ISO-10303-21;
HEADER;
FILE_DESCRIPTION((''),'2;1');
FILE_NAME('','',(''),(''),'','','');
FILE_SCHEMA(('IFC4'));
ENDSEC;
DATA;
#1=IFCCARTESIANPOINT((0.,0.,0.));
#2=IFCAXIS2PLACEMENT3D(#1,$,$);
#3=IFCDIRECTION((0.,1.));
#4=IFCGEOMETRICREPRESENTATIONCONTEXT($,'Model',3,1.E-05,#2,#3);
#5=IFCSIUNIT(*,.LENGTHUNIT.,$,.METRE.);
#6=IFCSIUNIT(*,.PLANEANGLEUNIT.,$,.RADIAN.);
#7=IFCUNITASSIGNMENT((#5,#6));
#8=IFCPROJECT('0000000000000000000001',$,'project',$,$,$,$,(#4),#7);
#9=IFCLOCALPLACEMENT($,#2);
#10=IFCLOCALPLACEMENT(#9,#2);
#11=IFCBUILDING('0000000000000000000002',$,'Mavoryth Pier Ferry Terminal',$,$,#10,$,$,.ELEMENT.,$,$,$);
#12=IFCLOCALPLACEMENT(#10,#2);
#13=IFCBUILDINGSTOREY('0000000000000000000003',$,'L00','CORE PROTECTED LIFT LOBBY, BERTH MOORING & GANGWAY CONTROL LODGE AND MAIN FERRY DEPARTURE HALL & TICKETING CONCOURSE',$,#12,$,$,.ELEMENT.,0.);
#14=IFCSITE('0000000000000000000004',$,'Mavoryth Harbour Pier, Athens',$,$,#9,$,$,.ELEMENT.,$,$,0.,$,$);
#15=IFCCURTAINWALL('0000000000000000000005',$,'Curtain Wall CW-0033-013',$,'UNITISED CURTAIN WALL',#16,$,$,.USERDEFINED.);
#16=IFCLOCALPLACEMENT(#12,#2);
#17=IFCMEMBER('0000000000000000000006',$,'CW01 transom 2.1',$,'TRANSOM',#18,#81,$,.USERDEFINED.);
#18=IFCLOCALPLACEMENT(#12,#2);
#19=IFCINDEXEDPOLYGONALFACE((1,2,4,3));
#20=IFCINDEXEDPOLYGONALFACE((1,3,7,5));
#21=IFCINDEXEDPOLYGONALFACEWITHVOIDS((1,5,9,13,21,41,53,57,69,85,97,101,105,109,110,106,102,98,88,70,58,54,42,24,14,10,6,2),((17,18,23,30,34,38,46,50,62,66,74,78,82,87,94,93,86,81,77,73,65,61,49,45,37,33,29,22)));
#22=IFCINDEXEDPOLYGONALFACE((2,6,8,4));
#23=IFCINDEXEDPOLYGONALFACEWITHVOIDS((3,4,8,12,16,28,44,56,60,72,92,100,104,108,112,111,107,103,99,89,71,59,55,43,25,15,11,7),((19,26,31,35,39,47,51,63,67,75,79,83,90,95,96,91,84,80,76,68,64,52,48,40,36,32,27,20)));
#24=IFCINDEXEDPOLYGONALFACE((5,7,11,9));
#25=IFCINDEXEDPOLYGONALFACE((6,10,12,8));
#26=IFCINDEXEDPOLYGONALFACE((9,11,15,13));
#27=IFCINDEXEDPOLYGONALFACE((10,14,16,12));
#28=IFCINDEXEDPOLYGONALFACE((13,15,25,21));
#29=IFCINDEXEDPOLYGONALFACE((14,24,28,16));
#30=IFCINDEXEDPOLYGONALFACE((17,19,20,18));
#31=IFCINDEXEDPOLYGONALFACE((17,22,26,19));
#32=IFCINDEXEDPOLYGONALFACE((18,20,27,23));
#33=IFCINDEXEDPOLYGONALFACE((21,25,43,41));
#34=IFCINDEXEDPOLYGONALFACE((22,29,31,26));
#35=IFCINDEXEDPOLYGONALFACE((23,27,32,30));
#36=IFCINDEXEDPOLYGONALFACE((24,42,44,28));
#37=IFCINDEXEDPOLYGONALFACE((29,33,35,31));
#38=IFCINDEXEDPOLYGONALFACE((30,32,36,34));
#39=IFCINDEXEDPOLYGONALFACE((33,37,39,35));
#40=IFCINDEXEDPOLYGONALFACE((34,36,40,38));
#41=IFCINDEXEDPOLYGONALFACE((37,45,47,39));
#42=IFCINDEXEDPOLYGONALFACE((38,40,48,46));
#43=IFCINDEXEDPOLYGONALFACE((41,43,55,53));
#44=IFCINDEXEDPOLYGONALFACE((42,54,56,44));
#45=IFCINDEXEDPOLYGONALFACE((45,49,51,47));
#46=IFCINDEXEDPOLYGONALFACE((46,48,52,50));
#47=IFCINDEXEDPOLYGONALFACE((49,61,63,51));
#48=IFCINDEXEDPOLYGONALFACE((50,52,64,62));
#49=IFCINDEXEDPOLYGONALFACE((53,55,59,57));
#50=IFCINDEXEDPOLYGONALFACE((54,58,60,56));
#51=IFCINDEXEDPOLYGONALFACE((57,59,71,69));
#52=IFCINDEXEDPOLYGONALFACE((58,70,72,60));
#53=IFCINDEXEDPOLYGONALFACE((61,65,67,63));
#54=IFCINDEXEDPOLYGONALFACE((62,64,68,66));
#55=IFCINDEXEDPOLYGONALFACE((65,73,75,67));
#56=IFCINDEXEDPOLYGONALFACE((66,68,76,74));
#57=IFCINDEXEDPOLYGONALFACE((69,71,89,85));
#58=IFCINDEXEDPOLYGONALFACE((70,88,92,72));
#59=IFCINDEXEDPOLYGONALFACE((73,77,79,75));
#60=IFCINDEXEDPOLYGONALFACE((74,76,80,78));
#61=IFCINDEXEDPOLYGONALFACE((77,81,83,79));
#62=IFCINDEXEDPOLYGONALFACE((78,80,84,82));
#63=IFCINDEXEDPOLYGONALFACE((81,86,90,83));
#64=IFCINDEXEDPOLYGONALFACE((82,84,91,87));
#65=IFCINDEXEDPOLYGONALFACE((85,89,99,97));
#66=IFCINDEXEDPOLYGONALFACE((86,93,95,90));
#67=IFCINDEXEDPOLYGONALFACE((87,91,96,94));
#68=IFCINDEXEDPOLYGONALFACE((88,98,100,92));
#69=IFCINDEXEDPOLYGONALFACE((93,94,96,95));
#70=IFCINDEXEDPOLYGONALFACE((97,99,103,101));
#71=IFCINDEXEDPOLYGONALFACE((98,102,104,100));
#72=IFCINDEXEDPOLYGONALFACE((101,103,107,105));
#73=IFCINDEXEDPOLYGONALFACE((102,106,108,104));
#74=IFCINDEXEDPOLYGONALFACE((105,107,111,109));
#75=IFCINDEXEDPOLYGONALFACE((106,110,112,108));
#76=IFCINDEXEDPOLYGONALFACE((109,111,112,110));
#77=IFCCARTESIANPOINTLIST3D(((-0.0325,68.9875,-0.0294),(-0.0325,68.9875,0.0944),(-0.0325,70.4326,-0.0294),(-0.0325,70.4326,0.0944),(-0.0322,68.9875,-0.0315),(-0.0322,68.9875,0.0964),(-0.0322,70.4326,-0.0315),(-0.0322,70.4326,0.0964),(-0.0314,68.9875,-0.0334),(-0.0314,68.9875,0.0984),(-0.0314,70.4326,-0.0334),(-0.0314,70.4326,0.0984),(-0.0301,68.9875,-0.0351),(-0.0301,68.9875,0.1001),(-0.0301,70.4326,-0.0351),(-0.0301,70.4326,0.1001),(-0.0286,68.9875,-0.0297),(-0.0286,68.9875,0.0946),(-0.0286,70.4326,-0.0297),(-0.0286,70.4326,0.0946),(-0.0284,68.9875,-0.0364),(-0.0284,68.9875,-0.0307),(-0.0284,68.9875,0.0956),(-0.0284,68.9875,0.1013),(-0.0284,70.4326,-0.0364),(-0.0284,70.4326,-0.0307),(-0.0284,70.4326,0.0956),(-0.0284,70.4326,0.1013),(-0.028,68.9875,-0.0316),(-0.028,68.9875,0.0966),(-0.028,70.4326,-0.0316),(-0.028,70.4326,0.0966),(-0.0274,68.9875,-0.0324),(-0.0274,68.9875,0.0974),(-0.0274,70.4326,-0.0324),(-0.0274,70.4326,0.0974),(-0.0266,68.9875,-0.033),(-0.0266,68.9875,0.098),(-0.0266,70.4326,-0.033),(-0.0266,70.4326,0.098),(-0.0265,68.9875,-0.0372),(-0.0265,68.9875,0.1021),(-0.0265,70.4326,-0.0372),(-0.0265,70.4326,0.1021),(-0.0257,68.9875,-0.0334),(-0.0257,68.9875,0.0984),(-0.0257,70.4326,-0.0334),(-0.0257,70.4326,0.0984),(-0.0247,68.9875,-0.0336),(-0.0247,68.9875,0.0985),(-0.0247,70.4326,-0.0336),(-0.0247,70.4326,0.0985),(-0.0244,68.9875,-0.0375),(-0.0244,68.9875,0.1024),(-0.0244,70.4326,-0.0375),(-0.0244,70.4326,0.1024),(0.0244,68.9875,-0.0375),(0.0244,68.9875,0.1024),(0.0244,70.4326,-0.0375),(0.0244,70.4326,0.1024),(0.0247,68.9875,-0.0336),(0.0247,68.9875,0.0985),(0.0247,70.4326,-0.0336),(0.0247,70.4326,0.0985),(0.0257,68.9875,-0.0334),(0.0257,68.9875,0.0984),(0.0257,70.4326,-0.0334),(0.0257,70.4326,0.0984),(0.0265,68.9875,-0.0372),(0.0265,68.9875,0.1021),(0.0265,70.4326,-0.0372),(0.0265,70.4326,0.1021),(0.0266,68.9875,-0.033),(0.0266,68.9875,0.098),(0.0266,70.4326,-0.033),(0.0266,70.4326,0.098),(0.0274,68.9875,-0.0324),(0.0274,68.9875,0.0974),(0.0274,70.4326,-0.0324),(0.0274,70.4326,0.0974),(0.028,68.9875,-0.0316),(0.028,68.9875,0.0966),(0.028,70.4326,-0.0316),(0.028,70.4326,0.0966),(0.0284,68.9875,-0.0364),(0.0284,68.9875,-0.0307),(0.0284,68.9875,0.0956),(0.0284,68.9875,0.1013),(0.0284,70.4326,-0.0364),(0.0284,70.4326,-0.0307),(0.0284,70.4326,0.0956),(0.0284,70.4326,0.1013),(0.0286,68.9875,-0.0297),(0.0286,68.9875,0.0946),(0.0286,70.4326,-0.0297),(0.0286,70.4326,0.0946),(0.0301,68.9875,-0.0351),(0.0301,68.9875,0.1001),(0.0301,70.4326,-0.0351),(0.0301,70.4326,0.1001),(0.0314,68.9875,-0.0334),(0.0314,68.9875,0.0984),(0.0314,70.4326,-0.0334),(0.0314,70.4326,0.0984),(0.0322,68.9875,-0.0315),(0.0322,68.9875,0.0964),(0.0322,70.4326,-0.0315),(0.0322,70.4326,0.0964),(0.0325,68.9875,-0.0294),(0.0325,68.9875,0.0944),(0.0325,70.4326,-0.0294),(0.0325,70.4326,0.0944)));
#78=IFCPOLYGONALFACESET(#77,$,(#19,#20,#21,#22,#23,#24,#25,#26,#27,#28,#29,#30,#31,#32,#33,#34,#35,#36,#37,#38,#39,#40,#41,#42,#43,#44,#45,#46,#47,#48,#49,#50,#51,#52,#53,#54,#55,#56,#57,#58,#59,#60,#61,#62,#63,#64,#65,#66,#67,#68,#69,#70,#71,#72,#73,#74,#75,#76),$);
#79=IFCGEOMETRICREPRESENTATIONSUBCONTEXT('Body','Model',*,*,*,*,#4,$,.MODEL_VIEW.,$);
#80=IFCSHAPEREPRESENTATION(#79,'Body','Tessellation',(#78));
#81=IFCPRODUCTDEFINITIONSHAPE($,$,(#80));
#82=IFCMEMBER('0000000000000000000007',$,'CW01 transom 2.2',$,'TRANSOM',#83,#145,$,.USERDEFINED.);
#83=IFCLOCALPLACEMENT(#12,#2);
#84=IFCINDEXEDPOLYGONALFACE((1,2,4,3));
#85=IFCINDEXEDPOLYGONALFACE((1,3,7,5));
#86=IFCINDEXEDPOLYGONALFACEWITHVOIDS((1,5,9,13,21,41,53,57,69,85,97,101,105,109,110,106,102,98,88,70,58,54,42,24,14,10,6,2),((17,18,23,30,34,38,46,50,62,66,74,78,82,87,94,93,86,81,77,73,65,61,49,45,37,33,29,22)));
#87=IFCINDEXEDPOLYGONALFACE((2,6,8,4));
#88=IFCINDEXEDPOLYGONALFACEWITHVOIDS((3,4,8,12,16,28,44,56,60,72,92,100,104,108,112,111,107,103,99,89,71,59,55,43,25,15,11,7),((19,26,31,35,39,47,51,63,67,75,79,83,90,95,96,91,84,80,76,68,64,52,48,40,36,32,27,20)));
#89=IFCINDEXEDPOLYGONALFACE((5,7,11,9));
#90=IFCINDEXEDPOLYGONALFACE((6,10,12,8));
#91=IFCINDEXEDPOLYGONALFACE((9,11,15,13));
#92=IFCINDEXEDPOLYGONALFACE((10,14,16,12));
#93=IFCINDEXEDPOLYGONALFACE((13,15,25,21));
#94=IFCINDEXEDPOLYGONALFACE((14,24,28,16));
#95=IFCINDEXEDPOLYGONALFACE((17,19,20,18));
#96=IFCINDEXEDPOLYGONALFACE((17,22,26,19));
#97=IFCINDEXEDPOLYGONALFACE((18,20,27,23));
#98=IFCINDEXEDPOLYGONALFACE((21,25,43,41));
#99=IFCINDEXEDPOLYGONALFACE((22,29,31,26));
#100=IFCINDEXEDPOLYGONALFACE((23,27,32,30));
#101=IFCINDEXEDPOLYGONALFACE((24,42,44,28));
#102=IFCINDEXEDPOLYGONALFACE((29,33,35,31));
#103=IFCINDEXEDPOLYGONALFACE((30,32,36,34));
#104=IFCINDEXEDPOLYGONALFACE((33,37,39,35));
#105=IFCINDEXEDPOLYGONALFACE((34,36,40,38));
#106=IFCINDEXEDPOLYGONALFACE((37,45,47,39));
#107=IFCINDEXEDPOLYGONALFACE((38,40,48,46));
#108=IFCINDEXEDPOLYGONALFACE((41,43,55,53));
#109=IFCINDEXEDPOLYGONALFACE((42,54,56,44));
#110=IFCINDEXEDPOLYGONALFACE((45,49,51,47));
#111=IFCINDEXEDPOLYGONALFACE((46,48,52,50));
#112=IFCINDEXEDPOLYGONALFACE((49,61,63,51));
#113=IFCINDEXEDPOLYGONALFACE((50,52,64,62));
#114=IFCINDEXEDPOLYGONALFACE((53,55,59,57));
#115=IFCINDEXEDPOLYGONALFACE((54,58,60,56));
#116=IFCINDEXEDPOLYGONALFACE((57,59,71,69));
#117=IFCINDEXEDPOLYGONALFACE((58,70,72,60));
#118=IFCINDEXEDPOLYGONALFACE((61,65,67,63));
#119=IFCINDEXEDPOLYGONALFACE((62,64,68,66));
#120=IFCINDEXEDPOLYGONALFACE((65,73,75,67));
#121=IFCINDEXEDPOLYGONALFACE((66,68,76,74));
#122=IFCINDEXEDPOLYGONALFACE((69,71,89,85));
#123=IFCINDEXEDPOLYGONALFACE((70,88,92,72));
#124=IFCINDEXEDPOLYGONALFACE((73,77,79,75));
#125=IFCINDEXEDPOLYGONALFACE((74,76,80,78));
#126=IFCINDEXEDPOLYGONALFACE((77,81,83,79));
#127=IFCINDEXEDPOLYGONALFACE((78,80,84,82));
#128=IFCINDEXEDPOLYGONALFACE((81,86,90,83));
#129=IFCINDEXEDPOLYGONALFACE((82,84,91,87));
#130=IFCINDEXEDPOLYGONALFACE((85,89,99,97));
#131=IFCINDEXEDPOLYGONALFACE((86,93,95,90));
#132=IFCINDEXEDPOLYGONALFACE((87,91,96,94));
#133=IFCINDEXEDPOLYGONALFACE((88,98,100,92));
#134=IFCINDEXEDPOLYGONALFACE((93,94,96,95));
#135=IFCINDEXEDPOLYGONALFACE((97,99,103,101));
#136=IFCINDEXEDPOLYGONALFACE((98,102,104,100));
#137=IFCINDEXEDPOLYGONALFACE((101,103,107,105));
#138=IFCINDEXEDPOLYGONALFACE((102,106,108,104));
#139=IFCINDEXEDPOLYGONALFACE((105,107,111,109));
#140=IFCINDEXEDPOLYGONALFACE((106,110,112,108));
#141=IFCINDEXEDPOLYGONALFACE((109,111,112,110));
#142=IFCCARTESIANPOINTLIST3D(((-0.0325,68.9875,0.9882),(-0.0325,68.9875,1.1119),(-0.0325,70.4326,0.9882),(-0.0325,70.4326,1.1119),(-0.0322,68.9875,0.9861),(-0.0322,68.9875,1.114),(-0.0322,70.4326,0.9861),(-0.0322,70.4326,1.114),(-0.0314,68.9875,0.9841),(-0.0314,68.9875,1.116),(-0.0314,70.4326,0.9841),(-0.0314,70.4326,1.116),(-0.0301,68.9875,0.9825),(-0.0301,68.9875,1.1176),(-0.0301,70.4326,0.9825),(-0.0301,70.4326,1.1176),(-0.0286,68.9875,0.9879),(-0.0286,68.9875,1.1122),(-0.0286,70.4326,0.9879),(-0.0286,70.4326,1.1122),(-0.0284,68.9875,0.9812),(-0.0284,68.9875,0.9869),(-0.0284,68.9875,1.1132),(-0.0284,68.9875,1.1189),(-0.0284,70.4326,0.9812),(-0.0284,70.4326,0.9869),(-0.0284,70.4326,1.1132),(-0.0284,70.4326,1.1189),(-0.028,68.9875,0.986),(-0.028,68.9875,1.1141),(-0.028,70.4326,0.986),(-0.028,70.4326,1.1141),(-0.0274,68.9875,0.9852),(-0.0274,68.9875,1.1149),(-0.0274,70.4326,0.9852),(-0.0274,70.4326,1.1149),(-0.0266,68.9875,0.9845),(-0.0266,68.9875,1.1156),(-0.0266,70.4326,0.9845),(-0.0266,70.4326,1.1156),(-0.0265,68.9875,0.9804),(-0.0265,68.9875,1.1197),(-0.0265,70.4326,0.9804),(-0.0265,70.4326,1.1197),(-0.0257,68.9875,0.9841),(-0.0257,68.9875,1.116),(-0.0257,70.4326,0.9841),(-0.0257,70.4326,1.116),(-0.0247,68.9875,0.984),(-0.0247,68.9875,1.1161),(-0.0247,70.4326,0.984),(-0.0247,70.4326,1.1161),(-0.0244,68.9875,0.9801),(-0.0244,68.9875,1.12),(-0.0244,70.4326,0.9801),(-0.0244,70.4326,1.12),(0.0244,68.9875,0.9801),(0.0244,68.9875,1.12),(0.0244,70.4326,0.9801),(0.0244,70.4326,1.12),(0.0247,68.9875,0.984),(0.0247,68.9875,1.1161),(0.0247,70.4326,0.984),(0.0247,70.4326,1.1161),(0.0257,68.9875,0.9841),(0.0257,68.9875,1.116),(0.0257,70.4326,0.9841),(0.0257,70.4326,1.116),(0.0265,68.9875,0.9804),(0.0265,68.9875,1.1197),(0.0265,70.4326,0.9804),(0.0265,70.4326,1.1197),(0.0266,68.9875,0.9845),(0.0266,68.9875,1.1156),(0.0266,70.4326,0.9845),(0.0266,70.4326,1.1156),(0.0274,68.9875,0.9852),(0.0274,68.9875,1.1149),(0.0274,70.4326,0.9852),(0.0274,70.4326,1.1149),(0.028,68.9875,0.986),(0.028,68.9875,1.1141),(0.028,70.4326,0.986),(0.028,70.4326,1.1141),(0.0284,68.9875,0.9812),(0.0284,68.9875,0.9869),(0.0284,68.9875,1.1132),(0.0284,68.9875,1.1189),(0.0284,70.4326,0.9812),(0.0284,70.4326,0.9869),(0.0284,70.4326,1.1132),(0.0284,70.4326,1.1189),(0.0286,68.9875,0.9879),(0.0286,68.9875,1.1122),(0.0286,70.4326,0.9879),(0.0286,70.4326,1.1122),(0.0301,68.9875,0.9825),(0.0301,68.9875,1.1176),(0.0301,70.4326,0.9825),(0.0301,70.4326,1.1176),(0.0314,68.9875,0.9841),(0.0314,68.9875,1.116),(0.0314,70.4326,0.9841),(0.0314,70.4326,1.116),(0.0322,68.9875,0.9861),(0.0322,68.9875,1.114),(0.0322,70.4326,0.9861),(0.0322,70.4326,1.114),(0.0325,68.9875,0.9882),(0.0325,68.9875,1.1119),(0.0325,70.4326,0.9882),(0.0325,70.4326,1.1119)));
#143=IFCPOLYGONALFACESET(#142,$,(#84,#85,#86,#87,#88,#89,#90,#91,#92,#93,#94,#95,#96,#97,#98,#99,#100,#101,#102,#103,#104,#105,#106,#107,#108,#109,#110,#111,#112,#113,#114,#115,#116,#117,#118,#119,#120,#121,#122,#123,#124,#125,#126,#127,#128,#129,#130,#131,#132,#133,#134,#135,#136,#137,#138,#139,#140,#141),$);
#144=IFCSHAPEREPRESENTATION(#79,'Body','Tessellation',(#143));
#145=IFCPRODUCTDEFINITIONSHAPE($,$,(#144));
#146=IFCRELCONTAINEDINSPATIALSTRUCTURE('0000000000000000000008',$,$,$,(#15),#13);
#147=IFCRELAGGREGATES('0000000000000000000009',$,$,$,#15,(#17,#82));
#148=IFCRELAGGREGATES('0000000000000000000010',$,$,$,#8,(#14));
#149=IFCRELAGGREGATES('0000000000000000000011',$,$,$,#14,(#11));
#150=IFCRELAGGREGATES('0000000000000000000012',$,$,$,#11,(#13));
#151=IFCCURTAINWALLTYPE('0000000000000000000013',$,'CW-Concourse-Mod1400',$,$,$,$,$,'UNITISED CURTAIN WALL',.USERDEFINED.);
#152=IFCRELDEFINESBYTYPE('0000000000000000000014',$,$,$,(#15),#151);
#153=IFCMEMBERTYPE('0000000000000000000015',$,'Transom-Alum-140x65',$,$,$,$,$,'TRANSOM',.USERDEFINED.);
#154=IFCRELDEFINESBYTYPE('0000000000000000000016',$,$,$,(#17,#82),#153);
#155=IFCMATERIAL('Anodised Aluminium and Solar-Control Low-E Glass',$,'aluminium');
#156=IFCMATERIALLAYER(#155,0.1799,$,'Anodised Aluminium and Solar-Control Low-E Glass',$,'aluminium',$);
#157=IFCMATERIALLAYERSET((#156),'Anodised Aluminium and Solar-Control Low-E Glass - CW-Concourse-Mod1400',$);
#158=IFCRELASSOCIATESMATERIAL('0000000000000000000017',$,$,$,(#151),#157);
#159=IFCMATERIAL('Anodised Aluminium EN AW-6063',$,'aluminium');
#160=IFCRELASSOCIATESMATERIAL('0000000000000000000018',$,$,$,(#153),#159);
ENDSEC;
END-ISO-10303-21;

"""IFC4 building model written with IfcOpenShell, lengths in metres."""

from ifc_helpers import new_model, si_unit, direction, frame, origin, origin_2d, place, context, subcontext, project, spatial, hollow_rectangle, extrude, material, layer, layer_set, material_profile, profile_set, type_object, element, aggregate, save


model = new_model("IFC4")

# Units and contexts
model_context = context("Model", 3, precision=1e-05, world=origin(), true_north=direction((0.0, 1.0)))
body_context = subcontext(model_context, "Body", "Model", "MODEL_VIEW")
ifc_project = project(units=[si_unit("LENGTHUNIT", "METRE"), si_unit("PLANEANGLEUNIT", "RADIAN")], contexts=[model_context])

# Site, building, storey
site_placement = place(None, origin())
site = spatial("IfcSite", under=ifc_project, at=site_placement, Name="Mavoryth Harbour Pier, Athens", CompositionType="ELEMENT", RefElevation=0.0)
building_placement = place(site_placement, origin())
building = spatial("IfcBuilding", under=site, at=building_placement, Name="Mavoryth Pier Ferry Terminal", CompositionType="ELEMENT")
storey_placement = place(building_placement, origin())
storey = spatial("IfcBuildingStorey", under=building, at=storey_placement, Name="L00", Description="CORE PROTECTED LIFT LOBBY, BERTH MOORING & GANGWAY CONTROL LODGE AND MAIN FERRY DEPARTURE HALL & TICKETING CONCOURSE", CompositionType="ELEMENT", Elevation=0.0)

# Curtain wall, members
ifc_material_1 = material(Name="Anodised Aluminium and Solar-Control Low-E Glass", Category="aluminium")
ifc_layer_1 = layer(ifc_material_1, 0.1799, Name="Anodised Aluminium and Solar-Control Low-E Glass", Category="aluminium")
ifc_layer_set_1 = layer_set([ifc_layer_1], Name="Anodised Aluminium and Solar-Control Low-E Glass - CW-Concourse-Mod1400")
curtain_wall_type = type_object("IfcCurtainWallType", Name="CW-Concourse-Mod1400", ElementType="UNITISED CURTAIN WALL", PredefinedType="USERDEFINED", material=ifc_layer_set_1)
curtain_wall_placement = place(storey_placement, origin())
curtain_wall = element("IfcCurtainWall", 1, at=curtain_wall_placement, inside=storey, type_object=curtain_wall_type, Name="Curtain Wall CW-0033-013", ObjectType="UNITISED CURTAIN WALL", PredefinedType="USERDEFINED")
ifc_material_2 = material(Name="Anodised Aluminium EN AW-6063", Category="aluminium")
ifc_material_profile_1 = material_profile(ifc_material_2, hollow_rectangle(XDim=0.0649, YDim=0.1399, WallThickness=0.0039, InnerFilletRadius=0.0039, OuterFilletRadius=0.0081, at=origin_2d()), Name="AL-TRAN 140x65x4", Category="aluminium")
ifc_profile_set_1 = profile_set([ifc_material_profile_1], Name="Anodised Aluminium EN AW-6063 - AL-TRAN 140x65x4")
member_type_1 = type_object("IfcMemberType", Name="Transom-Alum-140x65", ElementType="TRANSOM", PredefinedType="USERDEFINED", material=ifc_profile_set_1)
member_1_placement = place(storey_placement, frame((0.0, 70.4326, 0.0325), z_axis=(0.0, -1.0, 0.0), x_axis=(1.0, 0.0, 0.0)))
member_1 = element("IfcMember", 2, at=member_1_placement, type_object=member_type_1, Name="CW01 transom 2.1", ObjectType="TRANSOM", PredefinedType="USERDEFINED", context=body_context, shape_type="SweptSolid", body=[
    extrude(hollow_rectangle(XDim=0.0649, YDim=0.1399, WallThickness=0.0039, InnerFilletRadius=0.0039, OuterFilletRadius=0.0081, at=origin_2d()), origin(), (0.0, 0.0, 1.0), 1.4451),
])
member_2_placement = place(storey_placement, frame((0.0, 70.4326, 1.05), z_axis=(0.0, -1.0, 0.0), x_axis=(1.0, 0.0, 0.0)))
member_2 = element("IfcMember", 3, at=member_2_placement, type_object=member_type_1, Name="CW01 transom 2.2", ObjectType="TRANSOM", PredefinedType="USERDEFINED", context=body_context, shape_type="SweptSolid", body=[
    extrude(hollow_rectangle(XDim=0.0649, YDim=0.1399, WallThickness=0.0039, InnerFilletRadius=0.0039, OuterFilletRadius=0.0081, at=origin_2d()), origin(), (0.0, 0.0, 1.0), 1.4451),
])
aggregate(curtain_wall, [member_1, member_2])

save(model, "model.ifc")
